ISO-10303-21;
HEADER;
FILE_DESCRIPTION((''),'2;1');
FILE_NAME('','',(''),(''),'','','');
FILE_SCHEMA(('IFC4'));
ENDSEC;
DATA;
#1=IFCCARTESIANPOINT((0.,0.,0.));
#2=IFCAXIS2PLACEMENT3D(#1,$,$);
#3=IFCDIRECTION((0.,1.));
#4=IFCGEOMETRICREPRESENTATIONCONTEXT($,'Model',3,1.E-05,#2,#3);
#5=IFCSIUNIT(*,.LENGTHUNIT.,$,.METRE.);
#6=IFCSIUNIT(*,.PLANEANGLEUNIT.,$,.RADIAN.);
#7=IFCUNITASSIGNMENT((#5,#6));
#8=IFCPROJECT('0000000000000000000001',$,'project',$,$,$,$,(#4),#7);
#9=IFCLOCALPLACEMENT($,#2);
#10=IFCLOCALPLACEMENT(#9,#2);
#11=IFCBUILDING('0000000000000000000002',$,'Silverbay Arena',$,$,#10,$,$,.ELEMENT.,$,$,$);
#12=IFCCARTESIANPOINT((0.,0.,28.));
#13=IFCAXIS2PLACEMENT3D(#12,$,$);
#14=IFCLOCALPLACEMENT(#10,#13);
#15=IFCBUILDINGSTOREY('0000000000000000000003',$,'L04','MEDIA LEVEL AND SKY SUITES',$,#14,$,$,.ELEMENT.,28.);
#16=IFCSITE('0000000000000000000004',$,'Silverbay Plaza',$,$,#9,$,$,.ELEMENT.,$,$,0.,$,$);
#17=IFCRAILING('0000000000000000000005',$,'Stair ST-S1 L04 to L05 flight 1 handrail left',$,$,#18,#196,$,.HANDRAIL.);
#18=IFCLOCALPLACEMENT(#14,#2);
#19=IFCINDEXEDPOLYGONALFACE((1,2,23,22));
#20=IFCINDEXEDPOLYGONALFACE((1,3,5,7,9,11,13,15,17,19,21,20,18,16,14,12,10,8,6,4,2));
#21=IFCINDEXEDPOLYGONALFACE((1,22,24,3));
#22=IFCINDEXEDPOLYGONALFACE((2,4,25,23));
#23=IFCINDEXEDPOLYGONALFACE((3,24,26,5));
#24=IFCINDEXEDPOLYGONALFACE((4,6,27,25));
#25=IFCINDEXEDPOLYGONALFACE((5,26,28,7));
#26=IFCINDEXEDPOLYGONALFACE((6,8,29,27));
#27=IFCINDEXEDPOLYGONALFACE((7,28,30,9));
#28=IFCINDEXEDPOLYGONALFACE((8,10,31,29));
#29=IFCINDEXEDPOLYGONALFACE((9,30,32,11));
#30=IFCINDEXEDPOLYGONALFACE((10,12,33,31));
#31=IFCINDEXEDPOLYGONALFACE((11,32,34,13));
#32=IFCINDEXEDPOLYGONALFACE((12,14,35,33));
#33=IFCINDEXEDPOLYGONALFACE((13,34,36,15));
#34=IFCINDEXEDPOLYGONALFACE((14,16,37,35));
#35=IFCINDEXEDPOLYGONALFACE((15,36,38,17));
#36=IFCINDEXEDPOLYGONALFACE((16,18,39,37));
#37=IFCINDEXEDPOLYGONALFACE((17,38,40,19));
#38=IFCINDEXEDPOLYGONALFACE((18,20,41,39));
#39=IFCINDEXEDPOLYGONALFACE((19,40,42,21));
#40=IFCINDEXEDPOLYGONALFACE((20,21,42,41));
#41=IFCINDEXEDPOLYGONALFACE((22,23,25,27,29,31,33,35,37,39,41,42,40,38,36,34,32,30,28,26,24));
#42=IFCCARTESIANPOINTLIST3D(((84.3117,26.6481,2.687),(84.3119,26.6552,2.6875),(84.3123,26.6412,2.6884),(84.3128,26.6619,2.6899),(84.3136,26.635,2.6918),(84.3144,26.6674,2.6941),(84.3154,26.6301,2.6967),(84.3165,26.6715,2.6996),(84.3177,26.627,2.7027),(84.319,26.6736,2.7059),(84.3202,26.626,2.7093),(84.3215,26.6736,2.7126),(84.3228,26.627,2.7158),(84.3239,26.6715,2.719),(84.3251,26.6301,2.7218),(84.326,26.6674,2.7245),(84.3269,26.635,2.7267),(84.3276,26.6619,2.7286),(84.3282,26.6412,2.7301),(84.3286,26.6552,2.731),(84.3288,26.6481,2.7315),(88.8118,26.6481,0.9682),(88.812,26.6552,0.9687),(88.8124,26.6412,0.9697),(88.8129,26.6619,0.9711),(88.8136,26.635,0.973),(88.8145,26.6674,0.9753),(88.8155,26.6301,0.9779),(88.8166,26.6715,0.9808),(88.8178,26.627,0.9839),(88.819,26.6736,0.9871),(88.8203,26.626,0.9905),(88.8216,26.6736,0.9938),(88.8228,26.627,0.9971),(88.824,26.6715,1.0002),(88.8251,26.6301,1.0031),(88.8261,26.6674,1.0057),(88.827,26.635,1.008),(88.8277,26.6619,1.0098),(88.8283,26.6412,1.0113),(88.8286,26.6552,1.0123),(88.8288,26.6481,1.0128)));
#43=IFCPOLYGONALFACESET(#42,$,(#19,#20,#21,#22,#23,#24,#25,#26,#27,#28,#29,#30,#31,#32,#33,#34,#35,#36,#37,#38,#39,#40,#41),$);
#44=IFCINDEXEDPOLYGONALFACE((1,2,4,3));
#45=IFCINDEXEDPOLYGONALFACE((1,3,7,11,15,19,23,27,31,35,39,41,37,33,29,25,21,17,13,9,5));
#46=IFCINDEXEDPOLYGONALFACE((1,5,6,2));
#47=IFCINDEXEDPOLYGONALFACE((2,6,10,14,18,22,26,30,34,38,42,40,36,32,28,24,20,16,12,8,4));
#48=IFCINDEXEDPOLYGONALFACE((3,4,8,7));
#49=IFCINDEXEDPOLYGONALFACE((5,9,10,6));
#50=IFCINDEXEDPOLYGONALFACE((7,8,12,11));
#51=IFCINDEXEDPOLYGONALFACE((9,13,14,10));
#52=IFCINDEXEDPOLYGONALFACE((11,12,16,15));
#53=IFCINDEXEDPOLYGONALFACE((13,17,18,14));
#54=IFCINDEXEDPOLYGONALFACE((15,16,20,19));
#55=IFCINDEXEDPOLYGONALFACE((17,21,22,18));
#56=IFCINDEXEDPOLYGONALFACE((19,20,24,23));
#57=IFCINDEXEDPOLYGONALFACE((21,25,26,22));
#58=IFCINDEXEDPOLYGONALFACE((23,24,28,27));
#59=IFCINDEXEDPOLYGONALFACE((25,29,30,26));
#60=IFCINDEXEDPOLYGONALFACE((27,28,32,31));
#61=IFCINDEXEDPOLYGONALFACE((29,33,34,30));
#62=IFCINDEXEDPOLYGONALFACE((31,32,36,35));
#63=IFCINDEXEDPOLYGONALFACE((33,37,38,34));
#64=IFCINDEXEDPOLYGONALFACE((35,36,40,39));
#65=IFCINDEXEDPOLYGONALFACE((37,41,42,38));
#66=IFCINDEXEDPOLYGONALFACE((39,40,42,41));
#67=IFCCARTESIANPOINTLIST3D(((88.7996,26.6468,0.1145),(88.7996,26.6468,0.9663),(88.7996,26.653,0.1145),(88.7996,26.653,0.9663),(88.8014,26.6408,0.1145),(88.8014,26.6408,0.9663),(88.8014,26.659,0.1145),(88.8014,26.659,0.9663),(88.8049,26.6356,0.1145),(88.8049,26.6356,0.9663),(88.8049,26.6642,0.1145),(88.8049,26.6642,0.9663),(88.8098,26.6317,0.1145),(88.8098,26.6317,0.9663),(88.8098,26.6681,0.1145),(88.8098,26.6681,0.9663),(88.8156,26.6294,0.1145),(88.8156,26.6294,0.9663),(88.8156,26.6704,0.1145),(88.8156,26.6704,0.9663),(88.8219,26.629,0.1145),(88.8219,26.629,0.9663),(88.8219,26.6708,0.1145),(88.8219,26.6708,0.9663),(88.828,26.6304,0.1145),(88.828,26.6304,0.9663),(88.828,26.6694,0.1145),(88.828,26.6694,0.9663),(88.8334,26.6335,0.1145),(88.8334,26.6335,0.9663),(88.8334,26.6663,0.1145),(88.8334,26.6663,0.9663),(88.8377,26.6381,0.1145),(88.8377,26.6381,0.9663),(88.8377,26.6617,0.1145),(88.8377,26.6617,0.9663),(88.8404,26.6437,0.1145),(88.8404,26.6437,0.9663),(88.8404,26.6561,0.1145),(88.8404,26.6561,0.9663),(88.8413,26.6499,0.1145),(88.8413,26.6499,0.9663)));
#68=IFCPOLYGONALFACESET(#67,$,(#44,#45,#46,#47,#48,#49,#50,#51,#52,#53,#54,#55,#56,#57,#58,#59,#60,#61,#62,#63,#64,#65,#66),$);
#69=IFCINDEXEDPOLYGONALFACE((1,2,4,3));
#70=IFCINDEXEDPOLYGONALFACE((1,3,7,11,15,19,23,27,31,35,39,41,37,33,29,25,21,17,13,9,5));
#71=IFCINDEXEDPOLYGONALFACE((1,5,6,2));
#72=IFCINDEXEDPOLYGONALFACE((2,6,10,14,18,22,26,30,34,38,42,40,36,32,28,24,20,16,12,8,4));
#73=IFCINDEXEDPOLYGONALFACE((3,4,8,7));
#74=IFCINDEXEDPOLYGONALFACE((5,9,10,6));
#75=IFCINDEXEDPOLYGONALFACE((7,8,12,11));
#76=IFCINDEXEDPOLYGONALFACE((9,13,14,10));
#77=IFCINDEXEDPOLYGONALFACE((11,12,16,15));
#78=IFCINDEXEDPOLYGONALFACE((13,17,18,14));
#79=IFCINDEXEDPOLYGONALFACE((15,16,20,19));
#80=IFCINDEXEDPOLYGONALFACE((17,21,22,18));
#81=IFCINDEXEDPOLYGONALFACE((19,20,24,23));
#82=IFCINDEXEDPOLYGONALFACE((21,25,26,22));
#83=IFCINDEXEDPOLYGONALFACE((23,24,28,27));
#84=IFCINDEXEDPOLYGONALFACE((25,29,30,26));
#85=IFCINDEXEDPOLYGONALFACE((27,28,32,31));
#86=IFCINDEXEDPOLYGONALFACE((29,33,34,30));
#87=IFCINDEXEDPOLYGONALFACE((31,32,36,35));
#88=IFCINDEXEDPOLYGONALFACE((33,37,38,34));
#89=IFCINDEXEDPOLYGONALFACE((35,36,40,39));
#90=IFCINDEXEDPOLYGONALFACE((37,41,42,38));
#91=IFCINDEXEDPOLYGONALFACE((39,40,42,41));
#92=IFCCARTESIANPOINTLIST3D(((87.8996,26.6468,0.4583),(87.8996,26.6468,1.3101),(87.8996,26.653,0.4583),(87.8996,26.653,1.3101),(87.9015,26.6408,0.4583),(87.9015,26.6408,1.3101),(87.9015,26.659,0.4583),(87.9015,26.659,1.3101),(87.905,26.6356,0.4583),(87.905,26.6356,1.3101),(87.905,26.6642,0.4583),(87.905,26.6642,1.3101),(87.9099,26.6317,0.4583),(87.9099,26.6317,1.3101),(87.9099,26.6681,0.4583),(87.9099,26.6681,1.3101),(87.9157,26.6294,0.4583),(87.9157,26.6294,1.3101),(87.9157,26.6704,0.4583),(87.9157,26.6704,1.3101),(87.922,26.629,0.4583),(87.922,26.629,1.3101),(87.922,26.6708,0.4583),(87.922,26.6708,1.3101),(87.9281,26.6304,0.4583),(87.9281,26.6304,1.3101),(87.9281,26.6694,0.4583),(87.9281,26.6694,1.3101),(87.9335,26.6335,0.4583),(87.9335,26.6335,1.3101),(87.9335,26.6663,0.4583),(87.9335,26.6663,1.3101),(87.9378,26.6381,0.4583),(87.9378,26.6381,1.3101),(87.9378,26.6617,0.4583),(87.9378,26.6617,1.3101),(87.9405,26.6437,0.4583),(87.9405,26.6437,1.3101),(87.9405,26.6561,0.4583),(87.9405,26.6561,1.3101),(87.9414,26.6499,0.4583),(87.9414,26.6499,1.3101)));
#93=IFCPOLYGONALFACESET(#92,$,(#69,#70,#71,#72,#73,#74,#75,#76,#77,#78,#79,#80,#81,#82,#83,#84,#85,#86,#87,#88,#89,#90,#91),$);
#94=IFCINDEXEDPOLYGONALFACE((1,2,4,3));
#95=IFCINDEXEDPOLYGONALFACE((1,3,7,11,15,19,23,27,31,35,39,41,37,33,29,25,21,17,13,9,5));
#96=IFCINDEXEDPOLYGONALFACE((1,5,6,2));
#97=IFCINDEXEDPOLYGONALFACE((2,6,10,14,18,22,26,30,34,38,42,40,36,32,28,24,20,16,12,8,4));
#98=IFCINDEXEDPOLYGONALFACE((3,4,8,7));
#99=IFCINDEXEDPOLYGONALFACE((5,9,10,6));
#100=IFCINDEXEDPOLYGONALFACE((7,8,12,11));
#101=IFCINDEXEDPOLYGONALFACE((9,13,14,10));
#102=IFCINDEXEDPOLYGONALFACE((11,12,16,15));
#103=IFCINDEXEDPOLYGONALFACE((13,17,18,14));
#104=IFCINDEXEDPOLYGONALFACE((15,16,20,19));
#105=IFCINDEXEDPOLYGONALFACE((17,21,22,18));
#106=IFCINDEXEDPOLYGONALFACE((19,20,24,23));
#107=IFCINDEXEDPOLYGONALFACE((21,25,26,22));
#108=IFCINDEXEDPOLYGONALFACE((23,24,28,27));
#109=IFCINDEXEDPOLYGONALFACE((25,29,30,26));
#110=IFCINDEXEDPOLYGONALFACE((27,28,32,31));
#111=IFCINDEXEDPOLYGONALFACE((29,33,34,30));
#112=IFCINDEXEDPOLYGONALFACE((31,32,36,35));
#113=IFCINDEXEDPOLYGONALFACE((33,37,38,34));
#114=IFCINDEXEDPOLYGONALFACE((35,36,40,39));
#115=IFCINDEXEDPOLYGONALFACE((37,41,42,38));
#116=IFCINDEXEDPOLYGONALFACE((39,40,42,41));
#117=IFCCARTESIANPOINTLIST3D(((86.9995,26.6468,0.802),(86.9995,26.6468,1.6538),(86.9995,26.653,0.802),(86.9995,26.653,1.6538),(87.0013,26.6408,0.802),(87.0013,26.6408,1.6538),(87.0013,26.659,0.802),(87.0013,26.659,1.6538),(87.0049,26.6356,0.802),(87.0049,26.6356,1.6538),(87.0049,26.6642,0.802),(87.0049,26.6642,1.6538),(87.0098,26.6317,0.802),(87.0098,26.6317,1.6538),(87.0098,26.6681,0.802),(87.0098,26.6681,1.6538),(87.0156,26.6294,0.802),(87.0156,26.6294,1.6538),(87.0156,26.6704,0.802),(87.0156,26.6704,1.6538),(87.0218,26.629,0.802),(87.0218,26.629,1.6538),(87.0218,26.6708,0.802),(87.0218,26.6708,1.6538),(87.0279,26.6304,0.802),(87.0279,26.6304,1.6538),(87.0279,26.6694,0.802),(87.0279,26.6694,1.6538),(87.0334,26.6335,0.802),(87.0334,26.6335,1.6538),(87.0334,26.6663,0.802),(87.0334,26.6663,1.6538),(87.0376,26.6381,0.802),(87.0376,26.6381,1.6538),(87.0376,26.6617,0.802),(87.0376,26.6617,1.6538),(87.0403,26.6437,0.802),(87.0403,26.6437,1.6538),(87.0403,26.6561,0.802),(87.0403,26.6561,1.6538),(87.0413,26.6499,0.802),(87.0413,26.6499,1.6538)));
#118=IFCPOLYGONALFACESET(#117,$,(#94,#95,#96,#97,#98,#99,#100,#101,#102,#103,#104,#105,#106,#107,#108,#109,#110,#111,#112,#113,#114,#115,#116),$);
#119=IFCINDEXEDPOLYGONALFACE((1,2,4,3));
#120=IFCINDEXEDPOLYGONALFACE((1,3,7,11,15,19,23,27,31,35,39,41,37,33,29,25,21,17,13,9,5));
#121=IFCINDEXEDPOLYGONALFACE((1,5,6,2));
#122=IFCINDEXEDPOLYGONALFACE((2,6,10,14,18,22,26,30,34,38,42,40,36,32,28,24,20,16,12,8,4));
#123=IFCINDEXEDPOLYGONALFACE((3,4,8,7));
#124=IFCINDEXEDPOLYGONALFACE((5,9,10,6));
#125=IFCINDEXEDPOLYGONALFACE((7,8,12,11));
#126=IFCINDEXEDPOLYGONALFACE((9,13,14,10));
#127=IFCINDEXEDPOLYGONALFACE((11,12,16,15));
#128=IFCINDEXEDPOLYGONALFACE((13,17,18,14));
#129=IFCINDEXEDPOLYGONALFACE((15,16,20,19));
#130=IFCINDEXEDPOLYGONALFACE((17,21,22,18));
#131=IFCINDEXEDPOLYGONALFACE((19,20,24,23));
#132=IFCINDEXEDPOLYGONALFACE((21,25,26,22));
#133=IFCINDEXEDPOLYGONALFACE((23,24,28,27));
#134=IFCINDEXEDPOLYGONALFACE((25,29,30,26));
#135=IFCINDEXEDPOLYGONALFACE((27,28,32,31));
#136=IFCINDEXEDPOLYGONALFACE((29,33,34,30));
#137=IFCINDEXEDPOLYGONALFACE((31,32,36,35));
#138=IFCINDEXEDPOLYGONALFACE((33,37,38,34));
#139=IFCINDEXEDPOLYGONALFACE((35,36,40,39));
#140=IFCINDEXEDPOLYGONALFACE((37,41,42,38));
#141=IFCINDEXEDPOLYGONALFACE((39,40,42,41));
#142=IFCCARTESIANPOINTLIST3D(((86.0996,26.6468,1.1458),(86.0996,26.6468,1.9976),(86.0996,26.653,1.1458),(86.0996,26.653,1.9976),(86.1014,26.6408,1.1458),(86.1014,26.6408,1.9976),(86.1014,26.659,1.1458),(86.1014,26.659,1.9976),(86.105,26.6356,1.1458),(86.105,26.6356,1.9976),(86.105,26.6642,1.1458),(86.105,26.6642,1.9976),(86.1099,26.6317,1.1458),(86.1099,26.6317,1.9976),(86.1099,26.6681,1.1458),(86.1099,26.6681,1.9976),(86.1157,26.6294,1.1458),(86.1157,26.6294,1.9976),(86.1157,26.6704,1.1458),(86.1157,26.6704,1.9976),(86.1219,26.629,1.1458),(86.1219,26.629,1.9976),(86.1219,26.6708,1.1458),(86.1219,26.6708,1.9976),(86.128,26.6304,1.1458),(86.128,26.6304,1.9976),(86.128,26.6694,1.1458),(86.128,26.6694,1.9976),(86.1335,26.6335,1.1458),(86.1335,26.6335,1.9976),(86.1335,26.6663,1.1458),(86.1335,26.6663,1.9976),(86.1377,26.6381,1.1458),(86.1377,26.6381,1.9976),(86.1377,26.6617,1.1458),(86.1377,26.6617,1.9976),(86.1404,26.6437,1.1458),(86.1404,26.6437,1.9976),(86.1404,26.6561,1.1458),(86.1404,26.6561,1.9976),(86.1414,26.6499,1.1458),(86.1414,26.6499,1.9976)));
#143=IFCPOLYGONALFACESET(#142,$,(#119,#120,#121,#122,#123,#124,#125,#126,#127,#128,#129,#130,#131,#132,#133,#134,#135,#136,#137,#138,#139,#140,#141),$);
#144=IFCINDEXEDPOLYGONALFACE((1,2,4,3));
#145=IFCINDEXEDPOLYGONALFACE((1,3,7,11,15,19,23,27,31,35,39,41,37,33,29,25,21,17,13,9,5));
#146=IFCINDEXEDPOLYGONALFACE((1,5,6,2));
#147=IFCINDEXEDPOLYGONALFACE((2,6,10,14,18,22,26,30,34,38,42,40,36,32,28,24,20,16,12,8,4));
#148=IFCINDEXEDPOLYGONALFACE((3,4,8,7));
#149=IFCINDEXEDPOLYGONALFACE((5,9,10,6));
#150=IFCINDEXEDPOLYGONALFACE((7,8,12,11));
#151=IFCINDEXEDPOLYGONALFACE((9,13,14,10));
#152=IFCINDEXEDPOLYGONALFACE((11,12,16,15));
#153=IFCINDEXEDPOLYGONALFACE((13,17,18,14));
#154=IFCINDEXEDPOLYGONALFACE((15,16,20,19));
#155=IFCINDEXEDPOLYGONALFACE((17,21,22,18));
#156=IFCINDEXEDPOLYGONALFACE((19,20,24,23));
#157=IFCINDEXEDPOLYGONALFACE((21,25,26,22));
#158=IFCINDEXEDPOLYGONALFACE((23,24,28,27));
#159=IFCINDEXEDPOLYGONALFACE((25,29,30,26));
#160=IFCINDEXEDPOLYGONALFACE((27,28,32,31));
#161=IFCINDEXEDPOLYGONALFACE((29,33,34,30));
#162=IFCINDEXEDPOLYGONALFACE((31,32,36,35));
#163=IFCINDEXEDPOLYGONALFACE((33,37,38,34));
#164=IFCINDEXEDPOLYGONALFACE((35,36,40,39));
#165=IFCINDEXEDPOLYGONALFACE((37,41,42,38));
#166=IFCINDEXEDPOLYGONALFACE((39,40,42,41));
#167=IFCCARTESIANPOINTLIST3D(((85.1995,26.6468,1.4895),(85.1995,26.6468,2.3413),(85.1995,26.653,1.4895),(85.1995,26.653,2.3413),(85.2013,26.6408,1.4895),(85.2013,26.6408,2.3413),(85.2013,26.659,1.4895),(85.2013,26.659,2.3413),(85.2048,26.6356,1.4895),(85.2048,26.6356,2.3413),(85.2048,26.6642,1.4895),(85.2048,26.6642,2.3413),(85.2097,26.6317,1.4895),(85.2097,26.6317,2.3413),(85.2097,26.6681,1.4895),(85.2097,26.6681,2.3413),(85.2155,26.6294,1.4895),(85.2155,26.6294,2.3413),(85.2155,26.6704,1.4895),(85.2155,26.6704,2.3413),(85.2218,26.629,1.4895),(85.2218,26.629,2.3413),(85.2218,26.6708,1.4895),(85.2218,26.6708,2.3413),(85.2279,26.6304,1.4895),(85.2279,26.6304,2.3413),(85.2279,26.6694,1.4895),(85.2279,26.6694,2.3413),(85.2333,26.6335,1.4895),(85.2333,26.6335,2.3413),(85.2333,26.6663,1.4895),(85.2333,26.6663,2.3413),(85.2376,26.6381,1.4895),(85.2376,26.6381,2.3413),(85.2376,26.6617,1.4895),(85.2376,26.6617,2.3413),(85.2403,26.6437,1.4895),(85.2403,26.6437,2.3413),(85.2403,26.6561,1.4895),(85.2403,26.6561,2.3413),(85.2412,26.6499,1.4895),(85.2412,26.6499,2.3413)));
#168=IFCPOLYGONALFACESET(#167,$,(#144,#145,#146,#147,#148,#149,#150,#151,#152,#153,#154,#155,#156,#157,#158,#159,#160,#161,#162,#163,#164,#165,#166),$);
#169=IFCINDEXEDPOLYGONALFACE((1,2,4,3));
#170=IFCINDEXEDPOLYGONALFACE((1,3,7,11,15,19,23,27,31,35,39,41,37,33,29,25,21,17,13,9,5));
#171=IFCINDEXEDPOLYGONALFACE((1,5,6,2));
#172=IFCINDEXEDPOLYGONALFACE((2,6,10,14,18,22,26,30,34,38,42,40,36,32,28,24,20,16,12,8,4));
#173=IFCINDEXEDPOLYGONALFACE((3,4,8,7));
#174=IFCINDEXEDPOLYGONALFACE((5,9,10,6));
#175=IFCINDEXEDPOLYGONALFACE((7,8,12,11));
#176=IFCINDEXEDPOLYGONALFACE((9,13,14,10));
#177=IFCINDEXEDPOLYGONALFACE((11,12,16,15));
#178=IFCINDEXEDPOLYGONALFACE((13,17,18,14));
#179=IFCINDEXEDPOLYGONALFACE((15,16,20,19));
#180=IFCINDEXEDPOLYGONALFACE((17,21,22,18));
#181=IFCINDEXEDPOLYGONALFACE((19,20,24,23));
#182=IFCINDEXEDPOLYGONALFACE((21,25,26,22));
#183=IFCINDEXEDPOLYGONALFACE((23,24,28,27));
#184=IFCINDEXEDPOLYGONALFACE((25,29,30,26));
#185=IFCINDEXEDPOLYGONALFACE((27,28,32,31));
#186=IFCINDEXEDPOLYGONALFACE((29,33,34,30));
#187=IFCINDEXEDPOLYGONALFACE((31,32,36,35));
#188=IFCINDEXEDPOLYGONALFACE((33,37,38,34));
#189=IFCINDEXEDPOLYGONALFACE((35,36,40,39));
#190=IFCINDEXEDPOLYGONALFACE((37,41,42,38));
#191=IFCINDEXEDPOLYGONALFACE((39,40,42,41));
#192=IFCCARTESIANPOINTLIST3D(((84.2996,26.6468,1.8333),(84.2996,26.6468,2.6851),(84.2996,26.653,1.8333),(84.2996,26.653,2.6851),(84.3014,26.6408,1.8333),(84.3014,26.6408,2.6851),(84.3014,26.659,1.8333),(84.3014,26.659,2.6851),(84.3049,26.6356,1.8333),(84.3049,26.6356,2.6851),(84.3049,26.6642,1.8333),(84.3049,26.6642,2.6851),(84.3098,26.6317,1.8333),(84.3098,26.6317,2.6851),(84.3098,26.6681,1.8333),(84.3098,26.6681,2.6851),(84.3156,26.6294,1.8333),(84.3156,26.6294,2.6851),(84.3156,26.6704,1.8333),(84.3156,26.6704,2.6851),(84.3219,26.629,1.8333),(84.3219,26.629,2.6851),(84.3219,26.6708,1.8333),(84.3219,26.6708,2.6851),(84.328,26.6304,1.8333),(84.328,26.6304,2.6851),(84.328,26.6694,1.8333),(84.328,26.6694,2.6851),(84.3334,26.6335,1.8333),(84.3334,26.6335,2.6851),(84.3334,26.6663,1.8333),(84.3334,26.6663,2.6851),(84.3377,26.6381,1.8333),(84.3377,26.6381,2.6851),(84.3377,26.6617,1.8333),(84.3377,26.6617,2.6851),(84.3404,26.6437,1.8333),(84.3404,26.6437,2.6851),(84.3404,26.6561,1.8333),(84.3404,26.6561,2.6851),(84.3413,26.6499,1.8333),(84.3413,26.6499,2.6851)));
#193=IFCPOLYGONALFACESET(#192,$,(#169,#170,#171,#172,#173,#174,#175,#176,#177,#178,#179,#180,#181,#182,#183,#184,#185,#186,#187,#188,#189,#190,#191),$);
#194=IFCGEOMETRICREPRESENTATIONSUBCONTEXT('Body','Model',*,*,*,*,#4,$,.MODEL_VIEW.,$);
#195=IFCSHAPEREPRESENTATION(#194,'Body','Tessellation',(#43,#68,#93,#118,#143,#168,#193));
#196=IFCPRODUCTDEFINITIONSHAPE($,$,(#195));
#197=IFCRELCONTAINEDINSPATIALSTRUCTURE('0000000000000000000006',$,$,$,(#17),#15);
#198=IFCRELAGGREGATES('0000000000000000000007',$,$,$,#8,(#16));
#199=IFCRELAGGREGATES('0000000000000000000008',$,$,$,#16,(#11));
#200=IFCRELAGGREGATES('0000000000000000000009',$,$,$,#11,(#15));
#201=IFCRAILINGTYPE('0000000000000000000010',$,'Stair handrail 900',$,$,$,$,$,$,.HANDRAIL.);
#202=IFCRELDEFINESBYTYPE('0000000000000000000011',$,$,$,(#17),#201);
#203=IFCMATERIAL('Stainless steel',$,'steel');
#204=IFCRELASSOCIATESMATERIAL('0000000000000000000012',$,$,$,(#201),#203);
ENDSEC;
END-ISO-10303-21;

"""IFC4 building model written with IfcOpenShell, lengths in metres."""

from ifc_helpers import new_model, si_unit, direction, frame, origin, origin_2d, place, context, subcontext, project, spatial, circle, extrude, material, type_object, element, save


model = new_model("IFC4")

# Units and contexts
model_context = context("Model", 3, precision=1e-05, world=origin(), true_north=direction((0.0, 1.0)))
body_context = subcontext(model_context, "Body", "Model", "MODEL_VIEW")
ifc_project = project(units=[si_unit("LENGTHUNIT", "METRE"), si_unit("PLANEANGLEUNIT", "RADIAN")], contexts=[model_context])

# Site, building, storey
site_placement = place(None, origin())
site = spatial("IfcSite", under=ifc_project, at=site_placement, Name="Silverbay Plaza", CompositionType="ELEMENT", RefElevation=0.0)
building_placement = place(site_placement, origin())
building = spatial("IfcBuilding", under=site, at=building_placement, Name="Silverbay Arena", CompositionType="ELEMENT")
storey_placement = place(building_placement, frame((0.0, 0.0, 28.0)))
storey = spatial("IfcBuildingStorey", under=building, at=storey_placement, Name="L04", Description="MEDIA LEVEL AND SKY SUITES", CompositionType="ELEMENT", Elevation=28.0)

# Railing
ifc_material_1 = material(Name="Stainless steel", Category="steel")
railing_type_1 = type_object("IfcRailingType", Name="Stair handrail 900", PredefinedType="HANDRAIL", material=ifc_material_1)
for number, where, name in (
    (1, (88.8203, 26.6499, 0.1145), "Stair ST-S1 L04 to L05 flight 1 handrail left"),
):
    element("IfcRailing", number, at=place(storey_placement, frame(where)), inside=storey, type_object=railing_type_1, Name=name, PredefinedType="HANDRAIL", context=body_context, shape_type="SweptSolid", body=[
        extrude(circle(Radius=0.0239, at=origin_2d()), frame((0.0, 0.0, 0.876), z_axis=(-0.934179, 0.0, 0.356805), x_axis=(0.0, -1.0, 0.0)), (0.0, 0.0, 1.0), 4.8171),
        extrude(circle(Radius=0.021, at=origin_2d()), origin(), (0.0, 0.0, 1.0), 0.8518),
        extrude(circle(Radius=0.021, at=origin_2d()), frame((-0.8999, 0.0, 0.3438)), (0.0, 0.0, 1.0), 0.8518),
        extrude(circle(Radius=0.021, at=origin_2d()), frame((-1.8, 0.0, 0.6875)), (0.0, 0.0, 1.0), 0.8518),
        extrude(circle(Radius=0.021, at=origin_2d()), frame((-2.7, 0.0, 1.0312)), (0.0, 0.0, 1.0), 0.8518),
        extrude(circle(Radius=0.021, at=origin_2d()), frame((-3.6001, 0.0, 1.375)), (0.0, 0.0, 1.0), 0.8518),
        extrude(circle(Radius=0.021, at=origin_2d()), frame((-4.5, 0.0, 1.7188)), (0.0, 0.0, 1.0), 0.8518),
    ])

save(model, "model.ifc")
